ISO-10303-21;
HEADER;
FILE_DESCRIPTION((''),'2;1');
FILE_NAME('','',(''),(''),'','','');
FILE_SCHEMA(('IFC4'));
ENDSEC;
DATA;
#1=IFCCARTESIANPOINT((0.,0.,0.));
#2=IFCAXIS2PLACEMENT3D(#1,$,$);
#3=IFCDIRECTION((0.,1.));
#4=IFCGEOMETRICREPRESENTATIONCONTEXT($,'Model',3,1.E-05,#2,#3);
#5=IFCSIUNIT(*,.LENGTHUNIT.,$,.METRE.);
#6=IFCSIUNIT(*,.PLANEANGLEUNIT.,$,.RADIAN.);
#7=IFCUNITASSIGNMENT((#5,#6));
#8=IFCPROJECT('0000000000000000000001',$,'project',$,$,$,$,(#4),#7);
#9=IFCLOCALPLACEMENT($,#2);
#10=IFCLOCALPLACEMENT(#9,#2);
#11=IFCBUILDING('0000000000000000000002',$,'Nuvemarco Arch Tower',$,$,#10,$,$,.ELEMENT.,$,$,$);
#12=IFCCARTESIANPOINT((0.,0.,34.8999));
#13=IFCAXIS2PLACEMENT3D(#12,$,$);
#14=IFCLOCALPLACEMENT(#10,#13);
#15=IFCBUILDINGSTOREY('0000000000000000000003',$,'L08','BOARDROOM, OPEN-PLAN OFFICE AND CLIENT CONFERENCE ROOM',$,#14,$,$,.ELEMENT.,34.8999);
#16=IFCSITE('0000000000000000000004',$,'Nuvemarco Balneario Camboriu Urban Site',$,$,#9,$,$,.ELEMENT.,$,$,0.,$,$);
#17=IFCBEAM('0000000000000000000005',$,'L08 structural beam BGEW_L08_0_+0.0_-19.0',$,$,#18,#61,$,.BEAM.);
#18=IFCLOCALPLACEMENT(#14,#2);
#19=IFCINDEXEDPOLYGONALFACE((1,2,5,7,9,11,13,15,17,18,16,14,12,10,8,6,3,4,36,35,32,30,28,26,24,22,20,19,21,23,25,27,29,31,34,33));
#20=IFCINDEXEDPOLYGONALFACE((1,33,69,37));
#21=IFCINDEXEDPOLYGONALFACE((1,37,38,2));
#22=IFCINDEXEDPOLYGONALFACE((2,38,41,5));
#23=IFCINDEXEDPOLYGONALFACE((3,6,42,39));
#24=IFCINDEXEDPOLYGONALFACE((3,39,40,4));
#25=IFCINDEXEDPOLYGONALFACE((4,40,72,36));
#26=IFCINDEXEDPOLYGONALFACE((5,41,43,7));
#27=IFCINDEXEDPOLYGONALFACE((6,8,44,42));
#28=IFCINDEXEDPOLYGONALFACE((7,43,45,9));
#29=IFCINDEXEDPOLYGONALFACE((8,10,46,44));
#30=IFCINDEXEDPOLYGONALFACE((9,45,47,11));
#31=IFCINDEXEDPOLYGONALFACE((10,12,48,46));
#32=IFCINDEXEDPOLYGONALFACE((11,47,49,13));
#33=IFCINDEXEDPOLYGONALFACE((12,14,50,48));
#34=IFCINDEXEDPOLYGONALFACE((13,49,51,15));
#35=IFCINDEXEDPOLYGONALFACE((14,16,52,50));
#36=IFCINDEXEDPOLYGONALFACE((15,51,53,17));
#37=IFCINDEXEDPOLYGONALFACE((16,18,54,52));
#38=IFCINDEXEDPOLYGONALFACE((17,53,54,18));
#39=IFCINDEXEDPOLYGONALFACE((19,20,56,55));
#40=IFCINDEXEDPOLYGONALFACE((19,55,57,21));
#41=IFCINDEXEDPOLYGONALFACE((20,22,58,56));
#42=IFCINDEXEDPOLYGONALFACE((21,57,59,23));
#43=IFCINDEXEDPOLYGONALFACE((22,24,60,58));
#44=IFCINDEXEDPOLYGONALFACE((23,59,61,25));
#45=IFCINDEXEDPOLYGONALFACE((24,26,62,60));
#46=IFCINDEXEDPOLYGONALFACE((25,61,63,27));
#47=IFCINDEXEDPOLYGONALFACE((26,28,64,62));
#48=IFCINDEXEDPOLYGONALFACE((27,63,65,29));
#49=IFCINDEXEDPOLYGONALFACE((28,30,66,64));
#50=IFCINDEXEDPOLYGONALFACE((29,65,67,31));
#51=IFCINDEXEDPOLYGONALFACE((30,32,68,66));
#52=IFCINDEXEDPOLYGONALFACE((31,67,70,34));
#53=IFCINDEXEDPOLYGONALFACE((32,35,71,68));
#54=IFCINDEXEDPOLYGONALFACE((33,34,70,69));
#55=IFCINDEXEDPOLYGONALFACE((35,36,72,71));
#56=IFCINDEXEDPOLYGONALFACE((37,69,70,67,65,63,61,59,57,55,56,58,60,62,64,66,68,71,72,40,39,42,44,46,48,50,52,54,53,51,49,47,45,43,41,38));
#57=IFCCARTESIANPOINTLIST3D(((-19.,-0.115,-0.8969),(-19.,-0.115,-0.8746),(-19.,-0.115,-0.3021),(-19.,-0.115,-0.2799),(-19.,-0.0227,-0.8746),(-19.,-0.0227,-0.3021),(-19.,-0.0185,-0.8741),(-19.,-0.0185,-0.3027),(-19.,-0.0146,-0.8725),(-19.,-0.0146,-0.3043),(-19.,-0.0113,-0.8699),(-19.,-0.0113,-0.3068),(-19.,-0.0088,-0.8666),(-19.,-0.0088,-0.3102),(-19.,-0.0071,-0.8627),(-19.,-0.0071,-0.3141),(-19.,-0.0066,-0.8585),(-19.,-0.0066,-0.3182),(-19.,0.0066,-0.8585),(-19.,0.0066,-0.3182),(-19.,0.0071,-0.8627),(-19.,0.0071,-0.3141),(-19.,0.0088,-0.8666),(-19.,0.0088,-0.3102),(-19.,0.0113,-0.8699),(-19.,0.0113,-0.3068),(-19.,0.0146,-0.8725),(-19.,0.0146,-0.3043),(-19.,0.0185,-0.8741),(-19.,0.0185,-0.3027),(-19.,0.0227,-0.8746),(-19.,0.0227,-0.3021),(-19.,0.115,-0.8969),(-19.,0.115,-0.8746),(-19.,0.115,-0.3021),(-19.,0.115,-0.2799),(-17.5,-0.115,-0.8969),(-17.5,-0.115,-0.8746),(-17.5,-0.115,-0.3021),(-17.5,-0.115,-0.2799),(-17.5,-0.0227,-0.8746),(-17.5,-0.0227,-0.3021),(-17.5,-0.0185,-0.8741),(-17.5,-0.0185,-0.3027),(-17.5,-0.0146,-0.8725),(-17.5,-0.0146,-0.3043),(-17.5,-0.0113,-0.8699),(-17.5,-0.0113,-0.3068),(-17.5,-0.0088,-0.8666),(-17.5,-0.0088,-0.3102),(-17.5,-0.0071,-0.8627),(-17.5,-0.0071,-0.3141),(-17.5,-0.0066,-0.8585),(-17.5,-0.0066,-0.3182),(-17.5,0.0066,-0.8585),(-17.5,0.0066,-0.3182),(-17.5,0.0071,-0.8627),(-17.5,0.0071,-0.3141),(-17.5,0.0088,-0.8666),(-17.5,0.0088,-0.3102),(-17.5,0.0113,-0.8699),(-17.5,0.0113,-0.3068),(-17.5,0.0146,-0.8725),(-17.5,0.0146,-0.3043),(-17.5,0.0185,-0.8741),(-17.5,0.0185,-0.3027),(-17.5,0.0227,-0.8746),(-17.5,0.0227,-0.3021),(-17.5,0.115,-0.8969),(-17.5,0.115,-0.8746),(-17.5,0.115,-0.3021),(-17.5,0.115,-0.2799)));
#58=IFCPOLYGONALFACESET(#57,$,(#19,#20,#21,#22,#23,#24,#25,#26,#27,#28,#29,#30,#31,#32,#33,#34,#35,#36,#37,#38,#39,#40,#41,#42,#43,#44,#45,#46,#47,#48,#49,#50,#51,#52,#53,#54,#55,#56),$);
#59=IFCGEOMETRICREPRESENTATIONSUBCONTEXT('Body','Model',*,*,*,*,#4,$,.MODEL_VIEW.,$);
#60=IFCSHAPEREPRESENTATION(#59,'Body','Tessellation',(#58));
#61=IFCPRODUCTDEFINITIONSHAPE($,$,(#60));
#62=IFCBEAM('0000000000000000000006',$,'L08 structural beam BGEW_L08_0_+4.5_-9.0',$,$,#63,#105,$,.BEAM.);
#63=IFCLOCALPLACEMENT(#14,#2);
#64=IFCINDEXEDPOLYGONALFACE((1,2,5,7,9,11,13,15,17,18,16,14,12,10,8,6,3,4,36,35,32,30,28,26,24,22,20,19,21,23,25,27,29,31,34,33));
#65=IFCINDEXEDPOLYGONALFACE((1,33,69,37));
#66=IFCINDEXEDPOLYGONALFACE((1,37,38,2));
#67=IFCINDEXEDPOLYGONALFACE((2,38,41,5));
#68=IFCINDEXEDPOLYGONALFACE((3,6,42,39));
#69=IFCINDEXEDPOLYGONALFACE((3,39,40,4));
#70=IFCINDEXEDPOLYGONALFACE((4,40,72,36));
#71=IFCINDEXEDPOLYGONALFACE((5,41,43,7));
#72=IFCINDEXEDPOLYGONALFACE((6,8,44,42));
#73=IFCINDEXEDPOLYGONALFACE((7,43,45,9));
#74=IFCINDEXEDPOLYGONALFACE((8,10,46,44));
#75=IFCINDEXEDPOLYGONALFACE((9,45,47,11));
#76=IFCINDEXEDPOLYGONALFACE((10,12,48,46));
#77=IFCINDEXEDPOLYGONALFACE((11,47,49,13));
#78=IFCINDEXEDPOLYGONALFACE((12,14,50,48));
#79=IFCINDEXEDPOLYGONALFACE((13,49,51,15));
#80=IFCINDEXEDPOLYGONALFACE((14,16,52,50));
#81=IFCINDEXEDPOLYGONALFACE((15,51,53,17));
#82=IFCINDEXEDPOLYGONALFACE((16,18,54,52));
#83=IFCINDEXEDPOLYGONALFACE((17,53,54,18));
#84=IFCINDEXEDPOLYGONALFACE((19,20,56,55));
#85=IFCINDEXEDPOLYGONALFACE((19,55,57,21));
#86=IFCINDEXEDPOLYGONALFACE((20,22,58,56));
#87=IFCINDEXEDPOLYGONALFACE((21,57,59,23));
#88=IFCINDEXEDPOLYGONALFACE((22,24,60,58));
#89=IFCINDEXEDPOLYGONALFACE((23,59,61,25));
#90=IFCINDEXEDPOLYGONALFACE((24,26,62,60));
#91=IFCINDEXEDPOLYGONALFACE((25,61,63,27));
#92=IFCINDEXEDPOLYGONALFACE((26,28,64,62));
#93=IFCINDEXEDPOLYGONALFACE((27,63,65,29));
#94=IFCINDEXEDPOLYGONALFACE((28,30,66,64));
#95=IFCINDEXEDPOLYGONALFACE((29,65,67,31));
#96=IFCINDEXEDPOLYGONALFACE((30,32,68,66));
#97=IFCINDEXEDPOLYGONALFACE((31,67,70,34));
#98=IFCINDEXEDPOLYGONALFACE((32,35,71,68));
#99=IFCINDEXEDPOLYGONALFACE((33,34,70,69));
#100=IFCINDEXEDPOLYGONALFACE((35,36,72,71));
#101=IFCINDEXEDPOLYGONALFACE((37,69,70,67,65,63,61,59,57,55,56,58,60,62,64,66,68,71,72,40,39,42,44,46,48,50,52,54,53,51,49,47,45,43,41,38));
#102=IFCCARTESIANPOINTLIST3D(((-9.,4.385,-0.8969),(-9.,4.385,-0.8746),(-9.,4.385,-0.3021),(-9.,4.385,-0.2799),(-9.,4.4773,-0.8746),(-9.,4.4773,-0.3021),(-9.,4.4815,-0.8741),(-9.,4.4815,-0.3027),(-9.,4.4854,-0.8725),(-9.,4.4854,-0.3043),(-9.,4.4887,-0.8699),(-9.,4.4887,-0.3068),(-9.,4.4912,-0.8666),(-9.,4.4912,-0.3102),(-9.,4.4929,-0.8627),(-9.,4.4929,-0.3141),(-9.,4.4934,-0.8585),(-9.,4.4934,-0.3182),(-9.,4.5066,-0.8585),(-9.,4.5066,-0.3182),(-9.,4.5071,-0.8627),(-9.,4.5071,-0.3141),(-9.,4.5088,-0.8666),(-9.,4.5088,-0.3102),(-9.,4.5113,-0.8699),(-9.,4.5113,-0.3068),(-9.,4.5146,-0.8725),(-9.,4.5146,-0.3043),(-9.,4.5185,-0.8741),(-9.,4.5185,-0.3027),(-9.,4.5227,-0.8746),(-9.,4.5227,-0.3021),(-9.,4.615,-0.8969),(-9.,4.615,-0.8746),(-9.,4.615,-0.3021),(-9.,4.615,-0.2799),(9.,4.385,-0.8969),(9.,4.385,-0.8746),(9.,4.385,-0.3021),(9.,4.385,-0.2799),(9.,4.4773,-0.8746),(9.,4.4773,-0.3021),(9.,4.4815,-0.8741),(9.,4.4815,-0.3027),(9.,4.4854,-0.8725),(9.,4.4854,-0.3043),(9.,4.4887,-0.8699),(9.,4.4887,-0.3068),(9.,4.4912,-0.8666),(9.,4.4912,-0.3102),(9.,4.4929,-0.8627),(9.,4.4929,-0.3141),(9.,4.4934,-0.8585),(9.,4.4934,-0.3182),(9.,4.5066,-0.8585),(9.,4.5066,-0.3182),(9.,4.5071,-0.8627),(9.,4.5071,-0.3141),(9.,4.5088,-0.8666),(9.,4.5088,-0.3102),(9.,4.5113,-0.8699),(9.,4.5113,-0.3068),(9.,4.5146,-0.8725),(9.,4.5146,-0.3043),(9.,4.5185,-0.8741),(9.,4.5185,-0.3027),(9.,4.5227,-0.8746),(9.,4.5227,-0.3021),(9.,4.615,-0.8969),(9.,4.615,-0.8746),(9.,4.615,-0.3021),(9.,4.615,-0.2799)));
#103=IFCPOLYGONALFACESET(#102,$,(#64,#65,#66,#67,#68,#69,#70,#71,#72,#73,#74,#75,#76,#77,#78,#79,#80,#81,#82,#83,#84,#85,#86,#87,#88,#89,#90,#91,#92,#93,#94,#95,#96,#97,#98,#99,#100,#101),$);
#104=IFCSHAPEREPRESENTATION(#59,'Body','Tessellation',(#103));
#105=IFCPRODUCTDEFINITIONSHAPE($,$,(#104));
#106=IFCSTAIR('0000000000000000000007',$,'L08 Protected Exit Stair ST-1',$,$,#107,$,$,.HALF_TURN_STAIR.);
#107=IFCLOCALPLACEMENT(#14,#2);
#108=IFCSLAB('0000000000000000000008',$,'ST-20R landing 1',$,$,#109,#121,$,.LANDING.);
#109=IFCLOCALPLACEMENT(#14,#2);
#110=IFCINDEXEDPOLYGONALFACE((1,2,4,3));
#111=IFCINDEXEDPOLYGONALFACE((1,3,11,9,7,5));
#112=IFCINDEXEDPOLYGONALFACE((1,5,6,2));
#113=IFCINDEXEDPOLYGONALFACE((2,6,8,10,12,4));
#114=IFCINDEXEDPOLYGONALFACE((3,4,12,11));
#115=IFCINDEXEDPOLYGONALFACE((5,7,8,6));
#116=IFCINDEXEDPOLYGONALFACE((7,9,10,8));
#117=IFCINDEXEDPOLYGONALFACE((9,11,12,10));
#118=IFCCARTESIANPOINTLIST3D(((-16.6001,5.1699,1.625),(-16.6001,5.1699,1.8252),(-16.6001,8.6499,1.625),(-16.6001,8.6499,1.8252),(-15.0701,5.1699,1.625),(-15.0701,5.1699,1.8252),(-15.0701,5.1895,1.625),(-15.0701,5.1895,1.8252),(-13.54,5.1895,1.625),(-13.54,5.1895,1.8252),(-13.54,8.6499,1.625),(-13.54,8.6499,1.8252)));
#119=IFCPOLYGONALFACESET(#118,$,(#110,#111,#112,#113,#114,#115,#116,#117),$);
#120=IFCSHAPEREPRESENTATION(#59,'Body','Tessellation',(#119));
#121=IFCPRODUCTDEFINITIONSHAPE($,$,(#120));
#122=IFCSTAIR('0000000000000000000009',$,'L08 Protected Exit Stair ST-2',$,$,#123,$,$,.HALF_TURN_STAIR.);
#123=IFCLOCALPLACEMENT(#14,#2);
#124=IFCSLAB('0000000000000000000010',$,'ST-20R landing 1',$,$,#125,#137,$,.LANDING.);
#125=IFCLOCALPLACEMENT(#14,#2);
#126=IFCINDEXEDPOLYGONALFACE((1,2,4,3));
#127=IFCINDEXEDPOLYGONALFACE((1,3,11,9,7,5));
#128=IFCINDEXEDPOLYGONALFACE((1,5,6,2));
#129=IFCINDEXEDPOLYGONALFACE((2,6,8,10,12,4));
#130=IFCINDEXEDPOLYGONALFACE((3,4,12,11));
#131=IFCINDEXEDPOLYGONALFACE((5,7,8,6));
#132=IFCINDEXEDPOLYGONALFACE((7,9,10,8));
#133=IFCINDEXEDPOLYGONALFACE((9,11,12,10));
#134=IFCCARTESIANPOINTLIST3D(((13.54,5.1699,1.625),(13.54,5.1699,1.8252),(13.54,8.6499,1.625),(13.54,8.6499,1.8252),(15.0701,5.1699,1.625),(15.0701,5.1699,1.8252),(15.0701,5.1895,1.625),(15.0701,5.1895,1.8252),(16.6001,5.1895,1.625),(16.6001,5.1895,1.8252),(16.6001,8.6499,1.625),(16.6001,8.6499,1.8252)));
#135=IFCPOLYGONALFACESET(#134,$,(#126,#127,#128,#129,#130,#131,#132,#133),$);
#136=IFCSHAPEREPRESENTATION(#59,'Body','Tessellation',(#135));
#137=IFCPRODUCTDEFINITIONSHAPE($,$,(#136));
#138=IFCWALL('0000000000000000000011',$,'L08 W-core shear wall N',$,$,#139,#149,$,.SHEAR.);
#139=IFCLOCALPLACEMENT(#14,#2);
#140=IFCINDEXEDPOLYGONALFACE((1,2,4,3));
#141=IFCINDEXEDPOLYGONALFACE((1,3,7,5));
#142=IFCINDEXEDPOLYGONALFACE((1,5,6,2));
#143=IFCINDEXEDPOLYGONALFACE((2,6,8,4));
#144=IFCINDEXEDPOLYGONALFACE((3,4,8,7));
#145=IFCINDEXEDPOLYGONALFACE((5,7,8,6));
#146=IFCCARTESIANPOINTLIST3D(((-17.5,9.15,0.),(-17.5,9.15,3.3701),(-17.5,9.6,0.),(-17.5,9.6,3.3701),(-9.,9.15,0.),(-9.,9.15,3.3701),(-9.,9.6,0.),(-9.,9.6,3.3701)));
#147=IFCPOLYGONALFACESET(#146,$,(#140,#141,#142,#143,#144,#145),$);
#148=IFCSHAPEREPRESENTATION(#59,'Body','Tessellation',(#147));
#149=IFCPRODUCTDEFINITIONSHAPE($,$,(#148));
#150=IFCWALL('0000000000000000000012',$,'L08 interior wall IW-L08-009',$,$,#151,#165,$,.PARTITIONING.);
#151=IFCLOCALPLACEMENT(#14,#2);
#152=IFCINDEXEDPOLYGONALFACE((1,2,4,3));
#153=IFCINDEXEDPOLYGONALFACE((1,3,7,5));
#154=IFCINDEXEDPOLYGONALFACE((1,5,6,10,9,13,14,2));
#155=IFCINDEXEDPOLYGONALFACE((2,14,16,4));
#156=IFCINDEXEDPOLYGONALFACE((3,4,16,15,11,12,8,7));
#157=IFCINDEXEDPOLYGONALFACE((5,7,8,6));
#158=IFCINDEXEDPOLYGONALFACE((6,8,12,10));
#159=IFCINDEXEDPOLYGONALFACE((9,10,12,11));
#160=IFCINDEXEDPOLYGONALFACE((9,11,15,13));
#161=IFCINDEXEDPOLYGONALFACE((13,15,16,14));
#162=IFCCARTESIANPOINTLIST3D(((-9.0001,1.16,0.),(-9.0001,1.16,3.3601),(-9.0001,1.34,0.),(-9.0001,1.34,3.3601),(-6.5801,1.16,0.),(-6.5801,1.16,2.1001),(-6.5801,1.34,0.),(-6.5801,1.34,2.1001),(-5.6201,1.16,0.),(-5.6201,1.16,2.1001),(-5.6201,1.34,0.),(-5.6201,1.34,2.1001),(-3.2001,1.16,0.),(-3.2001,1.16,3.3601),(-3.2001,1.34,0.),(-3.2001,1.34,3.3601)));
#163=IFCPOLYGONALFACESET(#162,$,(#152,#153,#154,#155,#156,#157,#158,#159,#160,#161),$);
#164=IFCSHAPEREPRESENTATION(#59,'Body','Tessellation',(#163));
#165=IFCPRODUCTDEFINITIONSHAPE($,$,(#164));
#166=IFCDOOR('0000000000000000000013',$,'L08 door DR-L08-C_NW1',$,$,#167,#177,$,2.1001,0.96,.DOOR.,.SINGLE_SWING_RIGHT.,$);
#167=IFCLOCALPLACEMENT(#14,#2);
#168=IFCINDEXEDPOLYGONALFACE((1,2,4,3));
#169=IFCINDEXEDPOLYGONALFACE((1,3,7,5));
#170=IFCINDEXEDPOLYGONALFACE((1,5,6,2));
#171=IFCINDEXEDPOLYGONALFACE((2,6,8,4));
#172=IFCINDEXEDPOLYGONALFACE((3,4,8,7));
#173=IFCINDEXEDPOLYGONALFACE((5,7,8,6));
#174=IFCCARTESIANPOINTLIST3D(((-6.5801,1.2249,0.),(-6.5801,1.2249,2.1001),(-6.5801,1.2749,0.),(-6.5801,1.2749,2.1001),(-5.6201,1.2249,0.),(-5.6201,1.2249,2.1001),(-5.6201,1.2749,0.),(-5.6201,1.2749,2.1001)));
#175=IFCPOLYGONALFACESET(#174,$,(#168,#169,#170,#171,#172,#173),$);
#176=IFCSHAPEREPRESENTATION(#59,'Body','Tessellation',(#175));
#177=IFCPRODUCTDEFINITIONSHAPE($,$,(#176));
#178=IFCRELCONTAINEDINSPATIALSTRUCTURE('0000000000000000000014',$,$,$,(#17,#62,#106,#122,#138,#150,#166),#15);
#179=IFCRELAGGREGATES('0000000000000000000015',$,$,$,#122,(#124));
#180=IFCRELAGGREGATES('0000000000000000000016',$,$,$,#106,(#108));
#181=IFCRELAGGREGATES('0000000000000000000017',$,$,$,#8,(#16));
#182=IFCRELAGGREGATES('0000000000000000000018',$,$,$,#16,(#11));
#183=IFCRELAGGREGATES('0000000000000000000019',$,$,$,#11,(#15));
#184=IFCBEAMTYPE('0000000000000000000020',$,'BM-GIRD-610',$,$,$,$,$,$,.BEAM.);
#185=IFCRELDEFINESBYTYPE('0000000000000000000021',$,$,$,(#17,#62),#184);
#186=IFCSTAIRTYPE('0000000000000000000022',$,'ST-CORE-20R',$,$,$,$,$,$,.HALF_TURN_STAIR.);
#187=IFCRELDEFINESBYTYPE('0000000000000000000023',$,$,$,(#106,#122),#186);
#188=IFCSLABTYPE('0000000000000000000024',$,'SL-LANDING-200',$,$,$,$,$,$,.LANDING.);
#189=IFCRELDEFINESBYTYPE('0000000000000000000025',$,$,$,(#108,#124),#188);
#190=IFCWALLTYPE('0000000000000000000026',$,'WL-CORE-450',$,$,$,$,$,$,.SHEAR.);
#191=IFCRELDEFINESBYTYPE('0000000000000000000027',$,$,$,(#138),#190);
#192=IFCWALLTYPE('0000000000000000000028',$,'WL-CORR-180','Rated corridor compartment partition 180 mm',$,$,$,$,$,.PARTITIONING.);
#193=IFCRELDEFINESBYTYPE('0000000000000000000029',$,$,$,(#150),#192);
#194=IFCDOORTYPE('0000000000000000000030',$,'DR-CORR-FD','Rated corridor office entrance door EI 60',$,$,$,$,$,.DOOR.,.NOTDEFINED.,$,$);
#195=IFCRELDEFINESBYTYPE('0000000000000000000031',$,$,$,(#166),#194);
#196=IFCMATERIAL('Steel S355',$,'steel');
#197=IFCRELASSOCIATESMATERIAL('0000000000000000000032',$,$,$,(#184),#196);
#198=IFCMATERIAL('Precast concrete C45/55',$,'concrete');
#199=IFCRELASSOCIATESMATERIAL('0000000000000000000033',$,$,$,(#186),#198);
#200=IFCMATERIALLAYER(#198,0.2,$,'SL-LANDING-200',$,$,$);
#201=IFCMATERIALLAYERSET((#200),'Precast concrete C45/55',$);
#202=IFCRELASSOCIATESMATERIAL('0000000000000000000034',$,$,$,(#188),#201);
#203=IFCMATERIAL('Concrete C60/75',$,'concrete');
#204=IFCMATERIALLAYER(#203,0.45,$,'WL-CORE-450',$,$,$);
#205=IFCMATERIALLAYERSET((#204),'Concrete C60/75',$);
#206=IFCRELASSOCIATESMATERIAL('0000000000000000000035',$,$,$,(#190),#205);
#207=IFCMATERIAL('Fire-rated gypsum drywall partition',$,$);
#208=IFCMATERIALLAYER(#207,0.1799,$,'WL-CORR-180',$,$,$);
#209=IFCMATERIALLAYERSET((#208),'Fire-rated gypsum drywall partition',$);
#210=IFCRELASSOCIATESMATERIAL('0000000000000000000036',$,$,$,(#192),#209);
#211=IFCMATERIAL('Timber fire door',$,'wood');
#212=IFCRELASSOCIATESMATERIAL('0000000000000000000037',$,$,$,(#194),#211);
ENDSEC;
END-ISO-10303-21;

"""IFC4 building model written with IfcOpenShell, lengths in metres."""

from ifc_helpers import new_model, si_unit, direction, frame, frame_2d, origin, origin_2d, place, context, subcontext, project, spatial, polyline, rectangle, i_section, outline, extrude, source, transform, mapped, material, layer, layer_set, material_profile, profile_set, type_object, type_shapes, element, fill, aggregate, save


model = new_model("IFC4")

# Units and contexts
model_context = context("Model", 3, precision=1e-05, world=origin(), true_north=direction((0.0, 1.0)))
body_context = subcontext(model_context, "Body", "Model", "MODEL_VIEW")
ifc_project = project(units=[si_unit("LENGTHUNIT", "METRE"), si_unit("PLANEANGLEUNIT", "RADIAN")], contexts=[model_context])

# Site, building, storey
site_placement = place(None, origin())
site = spatial("IfcSite", under=ifc_project, at=site_placement, Name="Nuvemarco Balneario Camboriu Urban Site", CompositionType="ELEMENT", RefElevation=0.0)
building_placement = place(site_placement, origin())
building = spatial("IfcBuilding", under=site, at=building_placement, Name="Nuvemarco Arch Tower", CompositionType="ELEMENT")
storey_placement = place(building_placement, frame((0.0, 0.0, 34.8999)))
storey = spatial("IfcBuildingStorey", under=building, at=storey_placement, Name="L08", Description="BOARDROOM, OPEN-PLAN OFFICE AND CLIENT CONFERENCE ROOM", CompositionType="ELEMENT", Elevation=34.8999)

# Shared definitions
ifc_material_1 = material(Name="Concrete C60/75", Category="concrete")

# Beams
ifc_material_2 = material(Name="Steel S355", Category="steel")
ifc_material_profile_1 = material_profile(ifc_material_2, i_section(OverallWidth=0.23, OverallDepth=0.6169, WebThickness=0.0132, FlangeThickness=0.0222, FilletRadius=0.0161, at=origin_2d()), Name="W610x140")
ifc_profile_set_1 = profile_set([ifc_material_profile_1], Name="Steel S355")
beam_type = type_object("IfcBeamType", Name="BM-GIRD-610", PredefinedType="BEAM", material=ifc_profile_set_1)
beam_1_placement = place(storey_placement, frame((-19.0, 0.0, -0.5884), z_axis=(1.0, 0.0, 0.0), x_axis=(0.0, 1.0, 0.0)))
element("IfcBeam", 1, at=beam_1_placement, inside=storey, type_object=beam_type, Name="L08 structural beam BGEW_L08_0_+0.0_-19.0", PredefinedType="BEAM", context=body_context, shape_type="SweptSolid", body=[
    extrude(i_section(OverallWidth=0.23, OverallDepth=0.6169, WebThickness=0.0132, FlangeThickness=0.0222, FilletRadius=0.0161, at=origin_2d()), origin(), (0.0, 0.0, 1.0), 1.5),
])
beam_2_placement = place(storey_placement, frame((-9.0, 4.5, -0.5884), z_axis=(1.0, 0.0, 0.0), x_axis=(0.0, 1.0, 0.0)))
element("IfcBeam", 2, at=beam_2_placement, inside=storey, type_object=beam_type, Name="L08 structural beam BGEW_L08_0_+4.5_-9.0", PredefinedType="BEAM", context=body_context, shape_type="SweptSolid", body=[
    extrude(i_section(OverallWidth=0.23, OverallDepth=0.6169, WebThickness=0.0132, FlangeThickness=0.0222, FilletRadius=0.0161, at=origin_2d()), origin(), (0.0, 0.0, 1.0), 18.0),
])

# Stairs, slabs
ifc_material_3 = material(Name="Precast concrete C45/55", Category="concrete")
stair_type = type_object("IfcStairType", Name="ST-CORE-20R", PredefinedType="HALF_TURN_STAIR", material=ifc_material_3)
stair_1_placement = place(storey_placement, origin())
stair_1 = element("IfcStair", 3, at=stair_1_placement, inside=storey, type_object=stair_type, Name="L08 Protected Exit Stair ST-1", PredefinedType="HALF_TURN_STAIR")
ifc_layer_1 = layer(ifc_material_3, 0.2, Name="SL-LANDING-200")
ifc_layer_set_1 = layer_set([ifc_layer_1], Name="Precast concrete C45/55")
slab_type = type_object("IfcSlabType", Name="SL-LANDING-200", PredefinedType="LANDING", material=ifc_layer_set_1)
slab_1_placement = place(storey_placement, frame((0.0, 0.0, 1.625)))
slab_1 = element("IfcSlab", 4, at=slab_1_placement, type_object=slab_type, Name="ST-20R landing 1", PredefinedType="LANDING", context=body_context, shape_type="SweptSolid", body=[
    extrude(outline(polyline([(-13.54, 5.1895), (-13.54, 8.6499), (-16.6001, 8.6499), (-16.6001, 5.1699), (-15.0701, 5.1699), (-15.0701, 5.1895), (-13.54, 5.1895)])), origin(), (0.0, 0.0, 1.0), 0.2002),
])
stair_2_placement = place(storey_placement, origin())
stair_2 = element("IfcStair", 5, at=stair_2_placement, inside=storey, type_object=stair_type, Name="L08 Protected Exit Stair ST-2", PredefinedType="HALF_TURN_STAIR")
slab_2_placement = place(storey_placement, frame((0.0, 0.0, 1.625)))
slab_2 = element("IfcSlab", 6, at=slab_2_placement, type_object=slab_type, Name="ST-20R landing 1", PredefinedType="LANDING", context=body_context, shape_type="SweptSolid", body=[
    extrude(outline(polyline([(16.6001, 5.1895), (16.6001, 8.6499), (13.54, 8.6499), (13.54, 5.1699), (15.0701, 5.1699), (15.0701, 5.1895), (16.6001, 5.1895)])), origin(), (0.0, 0.0, 1.0), 0.2002),
])
aggregate(stair_2, [slab_2])

# Wall
ifc_layer_2 = layer(ifc_material_1, 0.45, Name="WL-CORE-450")
ifc_layer_set_2 = layer_set([ifc_layer_2], Name="Concrete C60/75")
wall_type_1 = type_object("IfcWallType", Name="WL-CORE-450", PredefinedType="SHEAR", material=ifc_layer_set_2)
wall_1_placement = place(storey_placement, frame((-17.5, 9.375, 0.0), z_axis=(0.0, 0.0, 1.0), x_axis=(1.0, 0.0, 0.0)))
element("IfcWall", 7, at=wall_1_placement, inside=storey, type_object=wall_type_1, Name="L08 W-core shear wall N", PredefinedType="SHEAR", context=body_context, shape_type="SweptSolid", body=[
    extrude(rectangle(XDim=8.5, YDim=0.45, at=frame_2d((4.25, 0.0))), origin(), (0.0, 0.0, 1.0), 3.3701),
])

# Wall, opening, door
ifc_material_4 = material(Name="Fire-rated gypsum drywall partition")
ifc_layer_3 = layer(ifc_material_4, 0.1799, Name="WL-CORR-180")
ifc_layer_set_3 = layer_set([ifc_layer_3], Name="Fire-rated gypsum drywall partition")
wall_type_2 = type_object("IfcWallType", Name="WL-CORR-180", Description="Rated corridor compartment partition 180 mm", PredefinedType="PARTITIONING", material=ifc_layer_set_3)
wall_2_placement = place(storey_placement, frame((-9.0, 1.25, 0.0), z_axis=(0.0, 0.0, 1.0), x_axis=(1.0, 0.0, 0.0)))
wall_2 = element("IfcWall", 8, at=wall_2_placement, inside=storey, type_object=wall_type_2, Name="L08 interior wall IW-L08-009", PredefinedType="PARTITIONING", context=body_context, shape_type="SweptSolid", body=[
    extrude(rectangle(XDim=5.8, YDim=0.1799, at=frame_2d((2.8999, 0.0))), origin(), (0.0, 0.0, 1.0), 3.3601),
])
opening_1_placement = place(wall_2_placement, frame((2.4199, 0.0, 0.0)))
opening_1 = element("IfcOpeningElement", 9, at=opening_1_placement, cuts=wall_2, PredefinedType="OPENING", context=body_context, shape_type="SweptSolid", body=[
    extrude(rectangle(XDim=0.96, YDim=2.1001, at=frame_2d((0.48, 1.05))), frame((0.0, 0.0999, 0.0), z_axis=(0.0, -1.0, 0.0), x_axis=(1.0, 0.0, 0.0)), (0.0, 0.0, 1.0), 0.2),
])
ifc_material_5 = material(Name="Timber fire door", Category="wood")
door_type_1 = type_object("IfcDoorType", Name="DR-CORR-FD", Description="Rated corridor office entrance door EI 60", OperationType="NOTDEFINED", PredefinedType="DOOR", material=ifc_material_5)
shared_shape_1 = source(origin(), body_context, "Body", "SweptSolid", [
    extrude(rectangle(XDim=0.96, YDim=2.1001, at=frame_2d((0.48, 1.05))), frame((0.0, 0.0249, 0.0), z_axis=(0.0, -1.0, 0.0), x_axis=(1.0, 0.0, 0.0)), (0.0, 0.0, 1.0), 0.05),
])
type_shapes(door_type_1, [shared_shape_1])
door_1_placement = place(opening_1_placement, origin())
door_1 = element("IfcDoor", 10, at=door_1_placement, inside=storey, type_object=door_type_1, Name="L08 door DR-L08-C_NW1", OperationType="SINGLE_SWING_RIGHT", OverallHeight=2.1001, OverallWidth=0.96, PredefinedType="DOOR", context=body_context, shape_type="MappedRepresentation", body=[
    mapped(shared_shape_1, transform((0.0, 0.0, 0.0), scale=1.0)),
])
fill(opening_1, door_1)

aggregate(stair_1, [slab_1])

save(model, "model.ifc")
